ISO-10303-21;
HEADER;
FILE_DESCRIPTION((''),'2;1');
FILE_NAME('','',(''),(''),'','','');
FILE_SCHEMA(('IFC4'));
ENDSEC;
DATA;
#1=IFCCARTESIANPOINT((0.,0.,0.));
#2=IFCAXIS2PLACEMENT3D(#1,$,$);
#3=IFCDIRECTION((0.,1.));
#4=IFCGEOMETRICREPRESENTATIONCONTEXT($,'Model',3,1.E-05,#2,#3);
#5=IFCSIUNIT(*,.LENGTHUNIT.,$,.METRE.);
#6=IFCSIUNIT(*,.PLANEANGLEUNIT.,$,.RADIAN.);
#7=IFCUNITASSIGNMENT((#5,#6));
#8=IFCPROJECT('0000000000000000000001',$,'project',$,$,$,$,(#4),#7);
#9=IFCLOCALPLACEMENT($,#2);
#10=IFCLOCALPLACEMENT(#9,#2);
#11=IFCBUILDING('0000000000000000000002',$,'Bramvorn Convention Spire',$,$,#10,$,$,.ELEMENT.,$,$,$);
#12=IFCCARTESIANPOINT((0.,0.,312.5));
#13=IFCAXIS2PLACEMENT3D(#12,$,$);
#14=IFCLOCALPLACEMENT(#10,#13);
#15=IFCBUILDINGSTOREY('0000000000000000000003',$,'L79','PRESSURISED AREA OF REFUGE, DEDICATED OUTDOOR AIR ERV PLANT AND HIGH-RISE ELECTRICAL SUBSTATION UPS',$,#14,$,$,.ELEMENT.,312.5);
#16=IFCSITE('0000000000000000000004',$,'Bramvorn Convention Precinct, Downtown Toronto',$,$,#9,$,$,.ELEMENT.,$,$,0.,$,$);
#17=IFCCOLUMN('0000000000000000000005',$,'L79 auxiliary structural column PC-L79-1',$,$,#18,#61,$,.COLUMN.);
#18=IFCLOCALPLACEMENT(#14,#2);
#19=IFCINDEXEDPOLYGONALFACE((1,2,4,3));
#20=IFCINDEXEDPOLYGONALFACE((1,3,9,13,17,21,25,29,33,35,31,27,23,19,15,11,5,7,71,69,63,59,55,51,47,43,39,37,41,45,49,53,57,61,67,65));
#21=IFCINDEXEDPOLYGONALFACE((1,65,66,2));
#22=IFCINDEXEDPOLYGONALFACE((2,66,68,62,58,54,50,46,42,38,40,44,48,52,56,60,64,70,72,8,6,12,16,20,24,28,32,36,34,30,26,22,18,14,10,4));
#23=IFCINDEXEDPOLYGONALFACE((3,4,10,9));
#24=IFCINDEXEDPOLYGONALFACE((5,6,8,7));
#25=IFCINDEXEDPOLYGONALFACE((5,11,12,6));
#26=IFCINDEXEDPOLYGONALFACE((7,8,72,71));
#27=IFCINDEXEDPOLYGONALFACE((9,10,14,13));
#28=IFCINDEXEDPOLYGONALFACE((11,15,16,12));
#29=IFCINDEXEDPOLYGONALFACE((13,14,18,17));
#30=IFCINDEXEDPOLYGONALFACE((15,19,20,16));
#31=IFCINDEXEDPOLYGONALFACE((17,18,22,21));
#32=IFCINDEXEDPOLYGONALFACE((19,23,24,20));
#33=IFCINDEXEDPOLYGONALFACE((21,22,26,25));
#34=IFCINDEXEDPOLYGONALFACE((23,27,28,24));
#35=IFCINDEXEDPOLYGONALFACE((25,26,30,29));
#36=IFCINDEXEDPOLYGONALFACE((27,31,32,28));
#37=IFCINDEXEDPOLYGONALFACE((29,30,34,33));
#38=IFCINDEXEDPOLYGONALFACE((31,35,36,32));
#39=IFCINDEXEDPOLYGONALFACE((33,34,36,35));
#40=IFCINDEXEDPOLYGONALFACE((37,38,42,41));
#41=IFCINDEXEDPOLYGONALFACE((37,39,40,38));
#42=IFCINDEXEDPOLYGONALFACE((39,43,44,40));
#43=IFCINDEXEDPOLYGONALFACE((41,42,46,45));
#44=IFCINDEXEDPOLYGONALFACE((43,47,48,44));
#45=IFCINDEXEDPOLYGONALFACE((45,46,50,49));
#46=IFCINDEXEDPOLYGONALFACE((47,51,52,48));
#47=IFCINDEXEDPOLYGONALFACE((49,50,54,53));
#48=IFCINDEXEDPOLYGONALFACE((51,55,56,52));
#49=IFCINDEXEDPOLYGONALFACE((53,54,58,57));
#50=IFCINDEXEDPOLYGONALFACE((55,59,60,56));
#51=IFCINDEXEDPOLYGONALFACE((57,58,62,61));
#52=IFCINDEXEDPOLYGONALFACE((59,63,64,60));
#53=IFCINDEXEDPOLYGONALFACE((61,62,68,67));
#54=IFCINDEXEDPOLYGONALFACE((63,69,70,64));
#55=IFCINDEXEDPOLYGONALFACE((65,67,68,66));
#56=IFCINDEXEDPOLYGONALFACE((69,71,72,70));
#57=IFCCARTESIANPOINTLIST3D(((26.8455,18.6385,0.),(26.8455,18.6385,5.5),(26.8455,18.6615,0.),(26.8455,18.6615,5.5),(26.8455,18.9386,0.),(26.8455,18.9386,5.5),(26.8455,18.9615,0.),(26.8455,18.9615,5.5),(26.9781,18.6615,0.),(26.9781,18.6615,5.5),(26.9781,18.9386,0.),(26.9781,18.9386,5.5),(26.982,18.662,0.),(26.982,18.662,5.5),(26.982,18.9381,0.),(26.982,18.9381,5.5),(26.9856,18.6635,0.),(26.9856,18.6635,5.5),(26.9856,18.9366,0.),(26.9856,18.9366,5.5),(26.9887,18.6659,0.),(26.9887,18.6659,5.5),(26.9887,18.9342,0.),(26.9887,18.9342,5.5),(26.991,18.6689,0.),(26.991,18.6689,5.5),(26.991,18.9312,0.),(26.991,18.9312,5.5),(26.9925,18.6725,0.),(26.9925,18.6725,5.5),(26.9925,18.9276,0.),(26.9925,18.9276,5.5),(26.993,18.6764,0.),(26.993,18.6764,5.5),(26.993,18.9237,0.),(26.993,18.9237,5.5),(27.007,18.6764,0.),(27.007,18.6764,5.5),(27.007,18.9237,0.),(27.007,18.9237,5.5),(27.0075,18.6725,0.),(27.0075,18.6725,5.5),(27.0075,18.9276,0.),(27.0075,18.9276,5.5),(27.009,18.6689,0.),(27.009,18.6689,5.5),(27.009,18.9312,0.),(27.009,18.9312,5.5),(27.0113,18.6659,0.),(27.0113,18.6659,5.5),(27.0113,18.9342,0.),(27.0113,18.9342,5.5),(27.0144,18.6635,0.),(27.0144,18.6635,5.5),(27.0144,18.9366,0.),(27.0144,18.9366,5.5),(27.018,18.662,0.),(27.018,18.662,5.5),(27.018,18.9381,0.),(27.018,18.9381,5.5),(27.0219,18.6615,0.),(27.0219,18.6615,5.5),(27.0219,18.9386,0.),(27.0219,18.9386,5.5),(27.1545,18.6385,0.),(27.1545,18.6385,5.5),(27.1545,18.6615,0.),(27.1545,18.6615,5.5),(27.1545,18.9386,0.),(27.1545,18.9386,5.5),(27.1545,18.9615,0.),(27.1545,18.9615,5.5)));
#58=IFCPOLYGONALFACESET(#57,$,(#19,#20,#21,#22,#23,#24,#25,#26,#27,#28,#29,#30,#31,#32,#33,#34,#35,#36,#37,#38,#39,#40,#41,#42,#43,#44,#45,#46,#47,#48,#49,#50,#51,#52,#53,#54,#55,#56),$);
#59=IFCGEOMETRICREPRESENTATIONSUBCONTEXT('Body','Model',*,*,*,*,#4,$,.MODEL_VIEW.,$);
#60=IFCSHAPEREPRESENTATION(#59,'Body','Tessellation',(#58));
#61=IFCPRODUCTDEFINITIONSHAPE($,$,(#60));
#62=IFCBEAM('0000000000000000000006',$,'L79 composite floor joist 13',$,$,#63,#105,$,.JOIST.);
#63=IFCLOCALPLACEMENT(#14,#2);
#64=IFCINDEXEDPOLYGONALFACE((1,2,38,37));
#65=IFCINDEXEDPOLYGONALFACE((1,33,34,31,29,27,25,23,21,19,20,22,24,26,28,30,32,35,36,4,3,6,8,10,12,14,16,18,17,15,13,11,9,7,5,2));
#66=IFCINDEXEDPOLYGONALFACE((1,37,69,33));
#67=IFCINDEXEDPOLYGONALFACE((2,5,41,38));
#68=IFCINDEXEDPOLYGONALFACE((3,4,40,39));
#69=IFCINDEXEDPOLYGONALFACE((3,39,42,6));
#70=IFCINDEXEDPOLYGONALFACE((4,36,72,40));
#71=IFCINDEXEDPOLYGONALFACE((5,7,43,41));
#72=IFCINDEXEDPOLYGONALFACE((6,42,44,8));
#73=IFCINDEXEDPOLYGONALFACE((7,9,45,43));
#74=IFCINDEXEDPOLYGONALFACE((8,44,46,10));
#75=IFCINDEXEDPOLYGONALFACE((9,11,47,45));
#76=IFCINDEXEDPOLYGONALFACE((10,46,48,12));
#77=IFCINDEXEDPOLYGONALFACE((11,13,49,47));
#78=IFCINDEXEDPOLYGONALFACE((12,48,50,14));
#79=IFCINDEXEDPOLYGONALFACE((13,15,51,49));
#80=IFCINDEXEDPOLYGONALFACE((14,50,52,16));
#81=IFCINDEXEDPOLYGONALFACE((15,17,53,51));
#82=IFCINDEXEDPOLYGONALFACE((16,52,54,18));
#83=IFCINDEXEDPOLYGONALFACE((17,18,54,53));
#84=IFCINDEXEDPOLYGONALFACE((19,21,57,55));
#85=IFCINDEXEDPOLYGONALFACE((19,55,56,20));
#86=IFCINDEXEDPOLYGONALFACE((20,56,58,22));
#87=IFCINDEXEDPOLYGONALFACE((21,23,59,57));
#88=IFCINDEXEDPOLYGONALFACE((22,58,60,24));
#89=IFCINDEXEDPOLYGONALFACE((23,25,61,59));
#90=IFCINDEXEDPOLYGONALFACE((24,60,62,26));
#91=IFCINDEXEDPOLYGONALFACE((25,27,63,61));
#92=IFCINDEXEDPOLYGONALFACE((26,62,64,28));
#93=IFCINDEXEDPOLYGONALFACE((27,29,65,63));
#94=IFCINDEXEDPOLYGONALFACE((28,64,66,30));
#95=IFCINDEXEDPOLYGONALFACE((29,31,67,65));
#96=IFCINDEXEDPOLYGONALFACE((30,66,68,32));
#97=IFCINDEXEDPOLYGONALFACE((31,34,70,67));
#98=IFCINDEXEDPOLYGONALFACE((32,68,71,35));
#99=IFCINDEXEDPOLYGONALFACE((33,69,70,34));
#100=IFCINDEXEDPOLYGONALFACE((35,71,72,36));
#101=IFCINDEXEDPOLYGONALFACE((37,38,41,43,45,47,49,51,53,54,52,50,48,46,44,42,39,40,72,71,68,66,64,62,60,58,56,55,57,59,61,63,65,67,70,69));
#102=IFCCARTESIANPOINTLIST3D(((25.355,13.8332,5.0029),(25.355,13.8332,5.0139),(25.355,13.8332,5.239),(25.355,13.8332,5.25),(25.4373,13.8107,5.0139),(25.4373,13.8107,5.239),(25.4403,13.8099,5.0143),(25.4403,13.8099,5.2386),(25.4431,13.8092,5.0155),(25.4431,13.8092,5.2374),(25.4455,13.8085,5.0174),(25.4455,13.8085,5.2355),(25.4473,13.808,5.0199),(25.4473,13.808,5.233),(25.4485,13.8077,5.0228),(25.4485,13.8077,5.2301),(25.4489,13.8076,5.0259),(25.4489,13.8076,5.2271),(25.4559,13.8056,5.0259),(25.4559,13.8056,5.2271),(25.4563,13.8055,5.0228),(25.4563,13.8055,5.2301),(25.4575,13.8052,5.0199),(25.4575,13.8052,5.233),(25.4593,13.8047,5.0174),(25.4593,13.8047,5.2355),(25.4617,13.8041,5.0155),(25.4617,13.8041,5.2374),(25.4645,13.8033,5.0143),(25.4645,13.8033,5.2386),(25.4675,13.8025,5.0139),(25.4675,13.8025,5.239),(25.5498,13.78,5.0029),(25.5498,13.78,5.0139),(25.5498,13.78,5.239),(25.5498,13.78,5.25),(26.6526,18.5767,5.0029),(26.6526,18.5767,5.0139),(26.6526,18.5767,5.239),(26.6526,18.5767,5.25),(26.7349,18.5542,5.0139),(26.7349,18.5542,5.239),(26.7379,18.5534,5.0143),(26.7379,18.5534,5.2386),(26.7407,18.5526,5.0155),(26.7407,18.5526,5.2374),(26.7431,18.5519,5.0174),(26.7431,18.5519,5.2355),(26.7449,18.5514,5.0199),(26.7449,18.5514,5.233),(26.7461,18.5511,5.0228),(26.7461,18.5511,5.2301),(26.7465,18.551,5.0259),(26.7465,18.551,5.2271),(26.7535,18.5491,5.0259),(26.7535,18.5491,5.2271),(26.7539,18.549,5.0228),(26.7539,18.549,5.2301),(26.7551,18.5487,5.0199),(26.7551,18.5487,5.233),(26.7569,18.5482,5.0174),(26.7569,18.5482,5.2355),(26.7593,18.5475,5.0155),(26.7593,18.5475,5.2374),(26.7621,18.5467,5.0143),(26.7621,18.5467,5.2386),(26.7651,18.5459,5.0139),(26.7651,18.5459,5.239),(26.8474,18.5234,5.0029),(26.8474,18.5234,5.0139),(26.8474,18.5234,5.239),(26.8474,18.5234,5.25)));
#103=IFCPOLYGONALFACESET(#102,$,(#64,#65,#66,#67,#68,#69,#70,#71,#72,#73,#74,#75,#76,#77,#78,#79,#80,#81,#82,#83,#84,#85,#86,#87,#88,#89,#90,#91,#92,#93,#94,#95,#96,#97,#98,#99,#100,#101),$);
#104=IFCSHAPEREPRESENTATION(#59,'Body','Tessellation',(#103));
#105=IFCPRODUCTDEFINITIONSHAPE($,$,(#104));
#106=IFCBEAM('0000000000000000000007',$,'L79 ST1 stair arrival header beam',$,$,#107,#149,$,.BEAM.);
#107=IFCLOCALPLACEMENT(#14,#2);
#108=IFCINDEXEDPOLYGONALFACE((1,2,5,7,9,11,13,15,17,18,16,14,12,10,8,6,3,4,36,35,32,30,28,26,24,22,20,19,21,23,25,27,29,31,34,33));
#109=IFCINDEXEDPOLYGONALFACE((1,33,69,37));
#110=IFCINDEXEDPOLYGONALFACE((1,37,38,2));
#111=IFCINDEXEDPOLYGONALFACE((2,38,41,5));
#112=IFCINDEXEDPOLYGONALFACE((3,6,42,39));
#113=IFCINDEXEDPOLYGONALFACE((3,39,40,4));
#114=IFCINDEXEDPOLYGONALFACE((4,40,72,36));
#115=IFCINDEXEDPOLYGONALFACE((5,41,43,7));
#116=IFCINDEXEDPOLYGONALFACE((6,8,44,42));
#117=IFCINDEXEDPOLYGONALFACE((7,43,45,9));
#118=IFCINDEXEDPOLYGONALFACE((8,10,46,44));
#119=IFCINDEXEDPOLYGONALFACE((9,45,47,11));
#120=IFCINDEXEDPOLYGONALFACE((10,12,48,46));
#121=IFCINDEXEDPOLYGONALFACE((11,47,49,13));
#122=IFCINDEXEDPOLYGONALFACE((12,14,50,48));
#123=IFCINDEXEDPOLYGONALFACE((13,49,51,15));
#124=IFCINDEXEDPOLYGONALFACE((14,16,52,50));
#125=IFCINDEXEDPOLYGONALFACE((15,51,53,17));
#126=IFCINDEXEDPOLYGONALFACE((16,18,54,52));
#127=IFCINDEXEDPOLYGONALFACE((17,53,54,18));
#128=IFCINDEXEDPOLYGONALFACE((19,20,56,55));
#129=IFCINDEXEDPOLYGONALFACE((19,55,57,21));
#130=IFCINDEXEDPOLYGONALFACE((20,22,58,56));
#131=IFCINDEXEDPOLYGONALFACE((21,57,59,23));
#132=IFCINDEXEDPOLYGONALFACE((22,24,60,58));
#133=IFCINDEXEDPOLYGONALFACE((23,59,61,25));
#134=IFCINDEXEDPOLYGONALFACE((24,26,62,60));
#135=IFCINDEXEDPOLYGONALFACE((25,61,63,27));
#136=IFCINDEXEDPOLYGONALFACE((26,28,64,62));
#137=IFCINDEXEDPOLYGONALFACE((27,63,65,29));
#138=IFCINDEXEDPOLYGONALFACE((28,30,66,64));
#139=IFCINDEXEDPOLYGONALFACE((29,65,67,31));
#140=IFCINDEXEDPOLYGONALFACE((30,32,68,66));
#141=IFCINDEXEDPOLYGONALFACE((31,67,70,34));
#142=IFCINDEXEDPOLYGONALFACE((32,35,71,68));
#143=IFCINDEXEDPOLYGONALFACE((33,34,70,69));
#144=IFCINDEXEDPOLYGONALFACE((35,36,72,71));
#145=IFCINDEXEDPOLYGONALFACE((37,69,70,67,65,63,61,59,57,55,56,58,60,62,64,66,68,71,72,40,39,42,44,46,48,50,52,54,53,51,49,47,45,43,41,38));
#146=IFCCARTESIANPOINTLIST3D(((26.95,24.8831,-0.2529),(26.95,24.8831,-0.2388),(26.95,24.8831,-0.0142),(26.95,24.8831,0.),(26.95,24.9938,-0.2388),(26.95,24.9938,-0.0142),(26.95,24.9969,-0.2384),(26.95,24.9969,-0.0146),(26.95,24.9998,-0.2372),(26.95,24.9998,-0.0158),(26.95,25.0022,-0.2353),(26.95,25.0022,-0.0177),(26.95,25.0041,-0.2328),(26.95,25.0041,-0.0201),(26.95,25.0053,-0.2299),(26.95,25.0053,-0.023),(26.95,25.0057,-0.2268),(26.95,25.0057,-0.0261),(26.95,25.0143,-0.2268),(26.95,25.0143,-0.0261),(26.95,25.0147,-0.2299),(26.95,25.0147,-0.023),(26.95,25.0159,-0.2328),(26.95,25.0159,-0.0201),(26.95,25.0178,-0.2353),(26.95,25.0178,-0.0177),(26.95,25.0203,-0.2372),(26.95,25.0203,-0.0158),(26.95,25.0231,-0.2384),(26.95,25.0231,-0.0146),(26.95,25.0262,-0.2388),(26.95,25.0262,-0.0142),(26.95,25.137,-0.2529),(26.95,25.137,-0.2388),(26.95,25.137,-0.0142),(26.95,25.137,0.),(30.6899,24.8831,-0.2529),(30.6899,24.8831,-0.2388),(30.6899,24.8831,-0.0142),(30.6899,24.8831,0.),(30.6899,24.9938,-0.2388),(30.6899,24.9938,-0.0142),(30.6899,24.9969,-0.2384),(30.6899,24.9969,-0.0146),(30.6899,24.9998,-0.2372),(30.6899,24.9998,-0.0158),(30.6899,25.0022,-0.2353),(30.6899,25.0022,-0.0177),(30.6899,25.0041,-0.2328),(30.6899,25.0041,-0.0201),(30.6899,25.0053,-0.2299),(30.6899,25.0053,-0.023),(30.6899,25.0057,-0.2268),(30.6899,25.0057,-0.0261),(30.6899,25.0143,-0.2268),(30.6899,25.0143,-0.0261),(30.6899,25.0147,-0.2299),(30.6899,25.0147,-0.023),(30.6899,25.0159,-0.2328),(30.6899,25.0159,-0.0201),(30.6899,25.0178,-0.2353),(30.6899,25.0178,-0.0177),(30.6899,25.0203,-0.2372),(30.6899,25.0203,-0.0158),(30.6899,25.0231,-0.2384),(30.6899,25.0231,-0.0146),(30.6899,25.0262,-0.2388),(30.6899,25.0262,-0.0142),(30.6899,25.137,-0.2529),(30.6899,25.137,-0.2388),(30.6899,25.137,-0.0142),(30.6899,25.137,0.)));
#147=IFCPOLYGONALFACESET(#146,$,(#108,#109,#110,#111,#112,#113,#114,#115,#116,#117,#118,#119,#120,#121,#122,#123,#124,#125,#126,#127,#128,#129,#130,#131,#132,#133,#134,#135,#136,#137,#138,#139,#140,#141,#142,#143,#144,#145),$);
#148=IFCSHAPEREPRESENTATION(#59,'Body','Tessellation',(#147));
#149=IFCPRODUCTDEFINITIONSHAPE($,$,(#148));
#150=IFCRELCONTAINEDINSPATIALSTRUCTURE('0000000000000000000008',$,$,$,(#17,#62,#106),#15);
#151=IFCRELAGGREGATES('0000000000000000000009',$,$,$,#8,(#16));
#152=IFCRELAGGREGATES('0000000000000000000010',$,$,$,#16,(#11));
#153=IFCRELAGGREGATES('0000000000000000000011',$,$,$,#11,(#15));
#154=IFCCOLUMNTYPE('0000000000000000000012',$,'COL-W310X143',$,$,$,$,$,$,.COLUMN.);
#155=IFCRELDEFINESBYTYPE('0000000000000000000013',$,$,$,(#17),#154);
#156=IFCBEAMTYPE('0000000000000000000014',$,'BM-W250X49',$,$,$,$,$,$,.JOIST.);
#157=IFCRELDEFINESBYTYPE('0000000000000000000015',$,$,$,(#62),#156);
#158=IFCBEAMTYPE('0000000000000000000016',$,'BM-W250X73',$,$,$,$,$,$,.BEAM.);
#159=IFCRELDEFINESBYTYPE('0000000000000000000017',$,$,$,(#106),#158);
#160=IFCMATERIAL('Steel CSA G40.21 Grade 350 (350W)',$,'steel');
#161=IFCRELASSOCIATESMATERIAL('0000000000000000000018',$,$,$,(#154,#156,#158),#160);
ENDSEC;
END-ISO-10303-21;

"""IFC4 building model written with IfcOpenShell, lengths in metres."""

from ifc_helpers import new_model, si_unit, direction, frame, origin, origin_2d, place, context, subcontext, project, spatial, i_section, extrude, material, material_profile, profile_set, type_object, element, save


model = new_model("IFC4")

# Units and contexts
model_context = context("Model", 3, precision=1e-05, world=origin(), true_north=direction((0.0, 1.0)))
body_context = subcontext(model_context, "Body", "Model", "MODEL_VIEW")
ifc_project = project(units=[si_unit("LENGTHUNIT", "METRE"), si_unit("PLANEANGLEUNIT", "RADIAN")], contexts=[model_context])

# Site, building, storey
site_placement = place(None, origin())
site = spatial("IfcSite", under=ifc_project, at=site_placement, Name="Bramvorn Convention Precinct, Downtown Toronto", CompositionType="ELEMENT", RefElevation=0.0)
building_placement = place(site_placement, origin())
building = spatial("IfcBuilding", under=site, at=building_placement, Name="Bramvorn Convention Spire", CompositionType="ELEMENT")
storey_placement = place(building_placement, frame((0.0, 0.0, 312.5)))
storey = spatial("IfcBuildingStorey", under=building, at=storey_placement, Name="L79", Description="PRESSURISED AREA OF REFUGE, DEDICATED OUTDOOR AIR ERV PLANT AND HIGH-RISE ELECTRICAL SUBSTATION UPS", CompositionType="ELEMENT", Elevation=312.5)

# Column
ifc_material_1 = material(Name="Steel CSA G40.21 Grade 350 (350W)", Category="steel")
ifc_material_profile_1 = material_profile(ifc_material_1, i_section(OverallWidth=0.3091, OverallDepth=0.323, WebThickness=0.0139, FlangeThickness=0.0229, FilletRadius=0.0149, at=origin_2d()))
ifc_profile_set_1 = profile_set([ifc_material_profile_1], Name="Steel CSA G40.21 Grade 350 (350W) - W310X143")
column_type = type_object("IfcColumnType", Name="COL-W310X143", PredefinedType="COLUMN", material=ifc_profile_set_1)
column_placement = place(storey_placement, frame((27.0, 18.8, 0.0), z_axis=(0.0, 0.0, 1.0), x_axis=(1.0, 0.0, 0.0)))
element("IfcColumn", 1, at=column_placement, inside=storey, type_object=column_type, Name="L79 auxiliary structural column PC-L79-1", PredefinedType="COLUMN", context=body_context, shape_type="SweptSolid", body=[
    extrude(i_section(OverallWidth=0.3091, OverallDepth=0.323, WebThickness=0.0139, FlangeThickness=0.0229, FilletRadius=0.0149, at=origin_2d()), origin(), (0.0, 0.0, 1.0), 5.5),
])

# Beams
ifc_material_profile_2 = material_profile(ifc_material_1, i_section(OverallWidth=0.2019, OverallDepth=0.2471, WebThickness=0.0073, FlangeThickness=0.011, FilletRadius=0.012, at=origin_2d()))
ifc_profile_set_2 = profile_set([ifc_material_profile_2], Name="Steel CSA G40.21 Grade 350 (350W) - W250X49")
beam_type_1 = type_object("IfcBeamType", Name="BM-W250X49", PredefinedType="JOIST", material=ifc_profile_set_2)
beam_1_placement = place(storey_placement, frame((26.75, 18.55, 5.1265), z_axis=(-0.263865, -0.96456, 0.0), x_axis=(0.96456, -0.263865, 0.0)))
element("IfcBeam", 2, at=beam_1_placement, inside=storey, type_object=beam_type_1, Name="L79 composite floor joist 13", PredefinedType="JOIST", context=body_context, shape_type="SweptSolid", body=[
    extrude(i_section(OverallWidth=0.2019, OverallDepth=0.2471, WebThickness=0.0073, FlangeThickness=0.011, FilletRadius=0.012, at=origin_2d()), origin(), (0.0, 0.0, 1.0), 4.9177),
])
ifc_material_profile_3 = material_profile(ifc_material_1, i_section(OverallWidth=0.2539, OverallDepth=0.2529, WebThickness=0.0085, FlangeThickness=0.0142, FilletRadius=0.012, at=origin_2d()))
ifc_profile_set_3 = profile_set([ifc_material_profile_3], Name="Steel CSA G40.21 Grade 350 (350W) - W250X73")
beam_type_2 = type_object("IfcBeamType", Name="BM-W250X73", PredefinedType="BEAM", material=ifc_profile_set_3)
beam_2_placement = place(storey_placement, frame((26.95, 25.01, -0.1265), z_axis=(1.0, 0.0, 0.0), x_axis=(0.0, 1.0, 0.0)))
element("IfcBeam", 3, at=beam_2_placement, inside=storey, type_object=beam_type_2, Name="L79 ST1 stair arrival header beam", PredefinedType="BEAM", context=body_context, shape_type="SweptSolid", body=[
    extrude(i_section(OverallWidth=0.2539, OverallDepth=0.2529, WebThickness=0.0085, FlangeThickness=0.0142, FilletRadius=0.012, at=origin_2d()), origin(), (0.0, 0.0, 1.0), 3.74),
])

save(model, "model.ifc")
